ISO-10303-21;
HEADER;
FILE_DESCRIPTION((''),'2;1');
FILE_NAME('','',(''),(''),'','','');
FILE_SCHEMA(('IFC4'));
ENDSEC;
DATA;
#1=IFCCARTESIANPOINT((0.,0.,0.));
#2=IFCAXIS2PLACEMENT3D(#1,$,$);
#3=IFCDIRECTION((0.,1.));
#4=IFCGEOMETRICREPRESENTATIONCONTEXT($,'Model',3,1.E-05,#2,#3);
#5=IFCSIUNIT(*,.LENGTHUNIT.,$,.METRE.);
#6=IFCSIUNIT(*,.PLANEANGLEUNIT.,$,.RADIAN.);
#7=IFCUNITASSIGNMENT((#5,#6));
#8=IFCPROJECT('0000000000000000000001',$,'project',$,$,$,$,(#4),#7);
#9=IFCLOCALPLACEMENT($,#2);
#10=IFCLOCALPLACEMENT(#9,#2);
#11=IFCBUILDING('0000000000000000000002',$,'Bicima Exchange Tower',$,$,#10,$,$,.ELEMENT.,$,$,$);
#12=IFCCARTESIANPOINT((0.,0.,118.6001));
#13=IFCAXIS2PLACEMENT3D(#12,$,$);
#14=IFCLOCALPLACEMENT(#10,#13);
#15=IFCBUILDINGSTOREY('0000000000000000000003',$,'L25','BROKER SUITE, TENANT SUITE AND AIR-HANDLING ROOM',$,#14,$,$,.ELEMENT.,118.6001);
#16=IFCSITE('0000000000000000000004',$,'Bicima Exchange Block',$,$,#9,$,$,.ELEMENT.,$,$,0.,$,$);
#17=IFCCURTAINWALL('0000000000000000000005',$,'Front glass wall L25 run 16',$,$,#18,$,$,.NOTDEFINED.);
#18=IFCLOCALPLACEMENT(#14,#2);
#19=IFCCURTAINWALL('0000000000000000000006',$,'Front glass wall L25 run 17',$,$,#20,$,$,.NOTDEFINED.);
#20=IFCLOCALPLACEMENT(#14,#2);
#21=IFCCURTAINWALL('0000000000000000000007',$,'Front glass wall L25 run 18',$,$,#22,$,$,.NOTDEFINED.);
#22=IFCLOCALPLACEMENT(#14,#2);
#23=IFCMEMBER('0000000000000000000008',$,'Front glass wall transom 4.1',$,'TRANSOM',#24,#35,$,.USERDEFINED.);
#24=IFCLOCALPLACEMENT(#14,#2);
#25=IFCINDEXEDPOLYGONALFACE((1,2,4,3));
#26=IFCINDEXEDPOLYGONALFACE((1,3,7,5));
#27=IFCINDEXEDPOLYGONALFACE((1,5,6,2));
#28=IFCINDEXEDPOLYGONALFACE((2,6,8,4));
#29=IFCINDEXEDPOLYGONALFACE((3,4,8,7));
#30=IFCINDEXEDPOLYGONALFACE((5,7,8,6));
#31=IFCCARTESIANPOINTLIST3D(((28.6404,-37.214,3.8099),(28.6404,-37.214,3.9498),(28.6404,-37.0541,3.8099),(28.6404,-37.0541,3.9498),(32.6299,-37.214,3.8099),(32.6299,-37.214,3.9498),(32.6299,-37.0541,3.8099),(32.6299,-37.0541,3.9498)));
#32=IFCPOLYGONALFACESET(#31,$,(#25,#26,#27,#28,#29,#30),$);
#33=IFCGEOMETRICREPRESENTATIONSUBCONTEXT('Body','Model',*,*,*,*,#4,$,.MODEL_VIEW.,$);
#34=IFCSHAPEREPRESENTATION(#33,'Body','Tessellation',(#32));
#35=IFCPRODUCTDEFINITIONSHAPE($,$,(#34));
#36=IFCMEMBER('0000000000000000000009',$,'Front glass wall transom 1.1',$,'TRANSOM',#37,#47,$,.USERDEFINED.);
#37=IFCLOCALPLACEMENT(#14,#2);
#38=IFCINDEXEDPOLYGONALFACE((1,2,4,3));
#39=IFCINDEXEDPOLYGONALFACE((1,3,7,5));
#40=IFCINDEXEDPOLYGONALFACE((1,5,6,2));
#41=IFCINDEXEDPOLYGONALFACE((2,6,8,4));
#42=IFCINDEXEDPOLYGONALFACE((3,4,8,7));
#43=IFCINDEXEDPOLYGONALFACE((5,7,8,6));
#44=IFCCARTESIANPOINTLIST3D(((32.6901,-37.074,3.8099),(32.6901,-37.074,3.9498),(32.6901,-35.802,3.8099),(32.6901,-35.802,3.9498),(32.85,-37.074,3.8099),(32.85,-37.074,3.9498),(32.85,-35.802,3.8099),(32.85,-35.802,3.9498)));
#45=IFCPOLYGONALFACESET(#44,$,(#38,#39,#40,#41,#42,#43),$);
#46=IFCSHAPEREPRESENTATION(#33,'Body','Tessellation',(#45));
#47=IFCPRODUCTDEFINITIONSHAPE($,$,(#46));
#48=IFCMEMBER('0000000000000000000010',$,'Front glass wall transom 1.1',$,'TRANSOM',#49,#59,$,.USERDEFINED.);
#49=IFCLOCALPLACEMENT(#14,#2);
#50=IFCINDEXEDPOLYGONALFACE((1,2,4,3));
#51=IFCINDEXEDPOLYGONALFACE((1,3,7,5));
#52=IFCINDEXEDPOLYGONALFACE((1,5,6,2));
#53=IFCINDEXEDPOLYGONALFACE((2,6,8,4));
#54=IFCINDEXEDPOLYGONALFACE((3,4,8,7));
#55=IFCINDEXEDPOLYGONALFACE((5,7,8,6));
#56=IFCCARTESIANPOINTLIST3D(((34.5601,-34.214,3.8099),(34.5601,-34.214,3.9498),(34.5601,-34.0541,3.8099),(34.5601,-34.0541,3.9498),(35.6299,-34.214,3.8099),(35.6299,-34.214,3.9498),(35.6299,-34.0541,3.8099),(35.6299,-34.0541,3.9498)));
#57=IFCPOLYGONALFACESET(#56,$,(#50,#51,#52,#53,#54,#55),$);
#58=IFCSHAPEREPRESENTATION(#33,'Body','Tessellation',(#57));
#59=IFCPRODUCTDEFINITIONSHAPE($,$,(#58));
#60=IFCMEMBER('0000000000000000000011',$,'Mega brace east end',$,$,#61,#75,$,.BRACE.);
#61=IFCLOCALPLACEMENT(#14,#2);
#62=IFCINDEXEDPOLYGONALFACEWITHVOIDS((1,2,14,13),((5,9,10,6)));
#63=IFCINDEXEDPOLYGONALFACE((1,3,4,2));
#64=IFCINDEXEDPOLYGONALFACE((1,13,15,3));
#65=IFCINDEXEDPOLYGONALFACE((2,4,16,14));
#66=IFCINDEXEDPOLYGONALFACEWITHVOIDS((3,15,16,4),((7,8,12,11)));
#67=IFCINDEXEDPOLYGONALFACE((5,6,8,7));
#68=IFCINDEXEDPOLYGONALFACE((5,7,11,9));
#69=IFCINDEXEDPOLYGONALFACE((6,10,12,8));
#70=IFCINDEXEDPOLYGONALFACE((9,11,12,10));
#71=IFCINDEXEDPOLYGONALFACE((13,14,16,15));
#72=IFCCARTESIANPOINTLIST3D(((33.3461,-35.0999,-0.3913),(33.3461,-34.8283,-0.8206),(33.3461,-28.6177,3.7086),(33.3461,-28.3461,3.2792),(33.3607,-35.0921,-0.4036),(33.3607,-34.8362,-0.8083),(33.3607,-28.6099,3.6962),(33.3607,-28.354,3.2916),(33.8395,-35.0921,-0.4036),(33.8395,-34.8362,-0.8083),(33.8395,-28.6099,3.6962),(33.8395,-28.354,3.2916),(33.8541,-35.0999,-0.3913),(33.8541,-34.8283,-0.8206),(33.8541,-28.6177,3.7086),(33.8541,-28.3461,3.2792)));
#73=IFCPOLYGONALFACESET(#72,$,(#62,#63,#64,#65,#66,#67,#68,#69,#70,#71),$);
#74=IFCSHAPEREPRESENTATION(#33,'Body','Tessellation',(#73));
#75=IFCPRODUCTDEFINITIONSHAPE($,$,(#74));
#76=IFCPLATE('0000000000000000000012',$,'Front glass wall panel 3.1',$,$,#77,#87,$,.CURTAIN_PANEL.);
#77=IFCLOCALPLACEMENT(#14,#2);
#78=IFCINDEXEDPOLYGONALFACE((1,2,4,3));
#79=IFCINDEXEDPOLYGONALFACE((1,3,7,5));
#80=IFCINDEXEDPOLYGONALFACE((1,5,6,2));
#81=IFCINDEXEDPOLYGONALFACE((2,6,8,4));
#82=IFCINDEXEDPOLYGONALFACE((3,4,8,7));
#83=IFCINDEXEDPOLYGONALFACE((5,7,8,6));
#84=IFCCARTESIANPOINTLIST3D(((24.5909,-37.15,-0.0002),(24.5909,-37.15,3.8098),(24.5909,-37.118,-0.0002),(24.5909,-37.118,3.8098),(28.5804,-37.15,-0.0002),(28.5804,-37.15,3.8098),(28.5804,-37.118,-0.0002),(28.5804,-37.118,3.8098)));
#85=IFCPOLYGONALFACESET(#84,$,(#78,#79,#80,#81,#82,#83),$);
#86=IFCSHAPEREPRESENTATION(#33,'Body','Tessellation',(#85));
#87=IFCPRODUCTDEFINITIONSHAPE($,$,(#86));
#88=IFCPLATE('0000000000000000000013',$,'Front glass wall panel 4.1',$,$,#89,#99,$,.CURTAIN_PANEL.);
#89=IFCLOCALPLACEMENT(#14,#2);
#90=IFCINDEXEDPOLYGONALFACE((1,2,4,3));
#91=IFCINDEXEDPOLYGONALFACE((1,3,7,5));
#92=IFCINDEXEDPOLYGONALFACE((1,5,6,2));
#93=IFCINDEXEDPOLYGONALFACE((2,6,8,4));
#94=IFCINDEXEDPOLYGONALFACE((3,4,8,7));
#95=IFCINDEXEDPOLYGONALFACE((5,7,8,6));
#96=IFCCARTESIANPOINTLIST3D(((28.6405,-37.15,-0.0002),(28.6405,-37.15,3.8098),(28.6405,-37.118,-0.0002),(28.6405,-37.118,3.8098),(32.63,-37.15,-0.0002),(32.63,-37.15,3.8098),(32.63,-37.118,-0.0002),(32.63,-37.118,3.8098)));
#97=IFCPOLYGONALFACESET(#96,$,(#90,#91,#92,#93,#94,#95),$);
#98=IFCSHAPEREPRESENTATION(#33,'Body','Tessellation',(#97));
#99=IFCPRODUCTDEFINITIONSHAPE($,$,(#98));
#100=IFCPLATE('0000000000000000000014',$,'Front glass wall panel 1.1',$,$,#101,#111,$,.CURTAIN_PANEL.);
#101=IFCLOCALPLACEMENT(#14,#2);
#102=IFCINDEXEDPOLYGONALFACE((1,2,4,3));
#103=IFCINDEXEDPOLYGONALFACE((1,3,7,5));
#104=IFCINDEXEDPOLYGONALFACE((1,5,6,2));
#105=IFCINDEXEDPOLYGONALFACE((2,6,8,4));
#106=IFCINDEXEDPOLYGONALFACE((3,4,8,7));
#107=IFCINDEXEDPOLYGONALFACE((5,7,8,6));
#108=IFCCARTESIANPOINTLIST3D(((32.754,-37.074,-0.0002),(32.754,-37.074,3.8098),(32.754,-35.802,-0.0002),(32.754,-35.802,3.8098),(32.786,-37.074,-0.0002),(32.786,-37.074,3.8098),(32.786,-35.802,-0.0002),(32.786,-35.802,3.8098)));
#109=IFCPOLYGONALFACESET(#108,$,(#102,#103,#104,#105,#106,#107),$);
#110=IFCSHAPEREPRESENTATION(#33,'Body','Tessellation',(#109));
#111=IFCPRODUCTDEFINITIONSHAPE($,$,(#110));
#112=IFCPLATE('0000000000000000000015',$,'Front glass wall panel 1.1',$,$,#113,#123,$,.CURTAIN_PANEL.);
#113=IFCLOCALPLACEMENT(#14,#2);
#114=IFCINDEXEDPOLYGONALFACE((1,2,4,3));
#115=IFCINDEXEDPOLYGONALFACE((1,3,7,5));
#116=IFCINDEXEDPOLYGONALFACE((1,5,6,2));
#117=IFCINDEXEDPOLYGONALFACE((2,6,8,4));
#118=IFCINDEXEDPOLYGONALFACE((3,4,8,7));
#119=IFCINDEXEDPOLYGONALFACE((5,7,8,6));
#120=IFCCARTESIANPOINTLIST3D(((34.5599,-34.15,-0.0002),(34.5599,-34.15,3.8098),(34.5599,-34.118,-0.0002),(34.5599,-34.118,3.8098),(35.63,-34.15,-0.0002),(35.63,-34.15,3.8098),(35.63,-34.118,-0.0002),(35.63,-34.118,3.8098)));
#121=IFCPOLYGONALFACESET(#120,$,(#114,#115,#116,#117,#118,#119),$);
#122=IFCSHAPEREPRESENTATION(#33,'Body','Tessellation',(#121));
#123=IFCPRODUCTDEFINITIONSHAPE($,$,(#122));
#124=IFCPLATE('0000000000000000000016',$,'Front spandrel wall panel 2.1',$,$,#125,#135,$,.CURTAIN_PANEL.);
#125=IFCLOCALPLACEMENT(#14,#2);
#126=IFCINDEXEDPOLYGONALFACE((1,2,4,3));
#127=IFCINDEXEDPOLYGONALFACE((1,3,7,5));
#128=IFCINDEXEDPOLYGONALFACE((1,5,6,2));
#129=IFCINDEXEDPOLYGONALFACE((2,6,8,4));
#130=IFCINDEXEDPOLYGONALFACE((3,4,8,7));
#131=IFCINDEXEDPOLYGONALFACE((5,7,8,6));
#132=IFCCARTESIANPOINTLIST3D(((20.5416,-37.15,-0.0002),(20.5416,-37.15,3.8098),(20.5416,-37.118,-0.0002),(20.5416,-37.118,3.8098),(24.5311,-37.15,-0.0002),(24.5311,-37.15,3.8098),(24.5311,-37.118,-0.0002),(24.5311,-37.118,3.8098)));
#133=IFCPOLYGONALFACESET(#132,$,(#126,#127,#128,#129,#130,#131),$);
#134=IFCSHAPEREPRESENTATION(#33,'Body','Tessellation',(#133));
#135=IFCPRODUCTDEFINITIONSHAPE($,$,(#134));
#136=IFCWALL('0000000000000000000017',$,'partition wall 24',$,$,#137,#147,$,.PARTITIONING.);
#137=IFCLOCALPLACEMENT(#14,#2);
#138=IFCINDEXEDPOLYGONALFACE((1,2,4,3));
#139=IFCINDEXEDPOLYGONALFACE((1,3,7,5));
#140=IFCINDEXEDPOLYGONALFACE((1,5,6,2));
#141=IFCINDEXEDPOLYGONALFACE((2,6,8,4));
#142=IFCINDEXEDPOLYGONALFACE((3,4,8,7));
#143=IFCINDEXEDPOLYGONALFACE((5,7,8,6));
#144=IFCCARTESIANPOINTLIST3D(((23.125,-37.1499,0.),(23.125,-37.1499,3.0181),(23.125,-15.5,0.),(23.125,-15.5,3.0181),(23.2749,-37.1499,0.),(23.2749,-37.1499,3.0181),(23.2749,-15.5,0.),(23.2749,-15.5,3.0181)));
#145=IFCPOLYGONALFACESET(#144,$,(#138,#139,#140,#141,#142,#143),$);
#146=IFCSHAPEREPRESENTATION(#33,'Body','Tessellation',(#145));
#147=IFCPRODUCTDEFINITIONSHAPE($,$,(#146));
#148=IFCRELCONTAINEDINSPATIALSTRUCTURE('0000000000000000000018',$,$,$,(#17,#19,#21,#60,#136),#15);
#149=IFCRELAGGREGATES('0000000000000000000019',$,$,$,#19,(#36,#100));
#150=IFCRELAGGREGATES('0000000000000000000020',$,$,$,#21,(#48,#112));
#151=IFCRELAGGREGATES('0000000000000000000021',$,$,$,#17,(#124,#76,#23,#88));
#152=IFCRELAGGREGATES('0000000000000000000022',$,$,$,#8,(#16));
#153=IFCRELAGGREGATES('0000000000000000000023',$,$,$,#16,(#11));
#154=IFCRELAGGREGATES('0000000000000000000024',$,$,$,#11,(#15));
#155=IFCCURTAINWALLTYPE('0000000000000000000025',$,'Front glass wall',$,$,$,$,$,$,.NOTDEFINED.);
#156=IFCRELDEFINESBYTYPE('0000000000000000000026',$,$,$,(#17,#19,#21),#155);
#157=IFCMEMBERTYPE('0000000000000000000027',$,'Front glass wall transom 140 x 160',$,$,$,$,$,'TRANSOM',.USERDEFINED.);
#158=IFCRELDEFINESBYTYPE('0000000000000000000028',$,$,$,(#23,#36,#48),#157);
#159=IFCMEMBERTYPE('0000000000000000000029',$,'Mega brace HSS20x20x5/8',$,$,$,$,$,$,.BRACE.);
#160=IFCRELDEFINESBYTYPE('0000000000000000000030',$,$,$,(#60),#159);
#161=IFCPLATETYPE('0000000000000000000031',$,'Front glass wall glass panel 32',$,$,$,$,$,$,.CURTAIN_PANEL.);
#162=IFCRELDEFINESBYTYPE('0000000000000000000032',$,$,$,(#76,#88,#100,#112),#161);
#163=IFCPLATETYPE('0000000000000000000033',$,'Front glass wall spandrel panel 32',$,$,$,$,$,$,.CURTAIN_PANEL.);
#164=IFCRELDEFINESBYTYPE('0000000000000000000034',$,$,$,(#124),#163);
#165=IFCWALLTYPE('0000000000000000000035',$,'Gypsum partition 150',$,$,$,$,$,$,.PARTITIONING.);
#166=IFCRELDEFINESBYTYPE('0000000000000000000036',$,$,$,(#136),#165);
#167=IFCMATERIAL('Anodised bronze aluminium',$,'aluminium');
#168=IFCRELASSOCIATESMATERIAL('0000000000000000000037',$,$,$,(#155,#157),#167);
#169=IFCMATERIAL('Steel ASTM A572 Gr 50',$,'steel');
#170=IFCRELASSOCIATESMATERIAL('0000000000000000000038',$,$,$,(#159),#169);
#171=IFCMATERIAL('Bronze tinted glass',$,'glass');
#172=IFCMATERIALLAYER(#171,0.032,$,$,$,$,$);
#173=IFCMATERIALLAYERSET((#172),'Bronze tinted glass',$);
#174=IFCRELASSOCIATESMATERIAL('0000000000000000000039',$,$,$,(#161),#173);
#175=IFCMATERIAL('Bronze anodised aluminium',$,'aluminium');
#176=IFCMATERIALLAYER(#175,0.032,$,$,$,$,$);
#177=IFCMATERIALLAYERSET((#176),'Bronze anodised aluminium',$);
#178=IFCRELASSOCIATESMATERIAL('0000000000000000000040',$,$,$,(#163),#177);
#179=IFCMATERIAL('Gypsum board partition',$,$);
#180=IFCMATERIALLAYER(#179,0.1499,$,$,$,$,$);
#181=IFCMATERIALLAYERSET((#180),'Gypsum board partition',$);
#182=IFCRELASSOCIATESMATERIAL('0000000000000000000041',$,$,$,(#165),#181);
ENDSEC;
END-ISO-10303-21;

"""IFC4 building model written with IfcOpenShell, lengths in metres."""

from ifc_helpers import new_model, si_unit, direction, frame, frame_2d, origin, origin_2d, place, context, subcontext, project, spatial, rectangle, hollow_rectangle, extrude, material, layer, layer_set, material_profile, profile_set, type_object, element, aggregate, save


model = new_model("IFC4")

# Units and contexts
model_context = context("Model", 3, precision=1e-05, world=origin(), true_north=direction((0.0, 1.0)))
body_context = subcontext(model_context, "Body", "Model", "MODEL_VIEW")
ifc_project = project(units=[si_unit("LENGTHUNIT", "METRE"), si_unit("PLANEANGLEUNIT", "RADIAN")], contexts=[model_context])

# Site, building, storey
site_placement = place(None, origin())
site = spatial("IfcSite", under=ifc_project, at=site_placement, Name="Bicima Exchange Block", CompositionType="ELEMENT", RefElevation=0.0)
building_placement = place(site_placement, origin())
building = spatial("IfcBuilding", under=site, at=building_placement, Name="Bicima Exchange Tower", CompositionType="ELEMENT")
storey_placement = place(building_placement, frame((0.0, 0.0, 118.6001)))
storey = spatial("IfcBuildingStorey", under=building, at=storey_placement, Name="L25", Description="BROKER SUITE, TENANT SUITE AND AIR-HANDLING ROOM", CompositionType="ELEMENT", Elevation=118.6001)

# Shared definitions
ifc_material_1 = material(Name="Steel ASTM A572 Gr 50", Category="steel")

# Curtain walls
ifc_material_2 = material(Name="Anodised bronze aluminium", Category="aluminium")
curtain_wall_type = type_object("IfcCurtainWallType", Name="Front glass wall", PredefinedType="NOTDEFINED", material=ifc_material_2)
curtain_wall_1_placement = place(storey_placement, origin())
curtain_wall_1 = element("IfcCurtainWall", 1, at=curtain_wall_1_placement, inside=storey, type_object=curtain_wall_type, Name="Front glass wall L25 run 16", PredefinedType="NOTDEFINED")
curtain_wall_2_placement = place(storey_placement, origin())
curtain_wall_2 = element("IfcCurtainWall", 2, at=curtain_wall_2_placement, inside=storey, type_object=curtain_wall_type, Name="Front glass wall L25 run 17", PredefinedType="NOTDEFINED")
curtain_wall_3_placement = place(storey_placement, origin())
curtain_wall_3 = element("IfcCurtainWall", 3, at=curtain_wall_3_placement, inside=storey, type_object=curtain_wall_type, Name="Front glass wall L25 run 18", PredefinedType="NOTDEFINED")

# Members
ifc_material_profile_1 = material_profile(ifc_material_2, rectangle(XDim=0.1599, YDim=0.1399, at=origin_2d()))
ifc_profile_set_1 = profile_set([ifc_material_profile_1], Name="Anodised bronze aluminium")
member_type_1 = type_object("IfcMemberType", Name="Front glass wall transom 140 x 160", ElementType="TRANSOM", PredefinedType="USERDEFINED", material=ifc_profile_set_1)
member_1_placement = place(storey_placement, frame((28.6404, -37.134, 3.8799), z_axis=(1.0, 0.0, 0.0), x_axis=(0.0, 1.0, 0.0)))
member_1 = element("IfcMember", 4, at=member_1_placement, type_object=member_type_1, Name="Front glass wall transom 4.1", ObjectType="TRANSOM", PredefinedType="USERDEFINED", context=body_context, shape_type="SweptSolid", body=[
    extrude(rectangle(XDim=0.1599, YDim=0.1399, at=origin_2d()), origin(), (0.0, 0.0, 1.0), 3.9895),
])
member_2_placement = place(storey_placement, frame((32.77, -37.074, 3.8799), z_axis=(0.0, 1.0, 0.0), x_axis=(-1.0, 0.0, 0.0)))
member_2 = element("IfcMember", 5, at=member_2_placement, type_object=member_type_1, Name="Front glass wall transom 1.1", ObjectType="TRANSOM", PredefinedType="USERDEFINED", context=body_context, shape_type="SweptSolid", body=[
    extrude(rectangle(XDim=0.1599, YDim=0.1399, at=origin_2d()), origin(), (0.0, 0.0, 1.0), 1.272),
])
member_3_placement = place(storey_placement, frame((34.5601, -34.134, 3.8799), z_axis=(1.0, 0.0, 0.0), x_axis=(0.0, 1.0, 0.0)))
member_3 = element("IfcMember", 6, at=member_3_placement, type_object=member_type_1, Name="Front glass wall transom 1.1", ObjectType="TRANSOM", PredefinedType="USERDEFINED", context=body_context, shape_type="SweptSolid", body=[
    extrude(rectangle(XDim=0.1599, YDim=0.1399, at=origin_2d()), origin(), (0.0, 0.0, 1.0), 1.0698),
])
ifc_material_profile_2 = material_profile(ifc_material_1, hollow_rectangle(XDim=0.5081, YDim=0.5081, WallThickness=0.0146, at=origin_2d()))
ifc_profile_set_2 = profile_set([ifc_material_profile_2], Name="Steel ASTM A572 Gr 50")
member_type_2 = type_object("IfcMemberType", Name="Mega brace HSS20x20x5/8", PredefinedType="BRACE", material=ifc_profile_set_2)
member_4_placement = place(storey_placement, frame((33.6001, -34.9641, -0.606), z_axis=(0.0, 0.845145, 0.534538), x_axis=(-1.0, 0.0, 0.0)))
element("IfcMember", 7, at=member_4_placement, inside=storey, type_object=member_type_2, Name="Mega brace east end", PredefinedType="BRACE", context=body_context, shape_type="SweptSolid", body=[
    extrude(hollow_rectangle(XDim=0.5081, YDim=0.5081, WallThickness=0.0146, at=origin_2d()), origin(), (0.0, 0.0, 1.0), 7.6699),
])

# Plates
ifc_material_3 = material(Name="Bronze tinted glass", Category="glass")
ifc_layer_1 = layer(ifc_material_3, 0.032)
ifc_layer_set_1 = layer_set([ifc_layer_1], Name="Bronze tinted glass")
plate_type_1 = type_object("IfcPlateType", Name="Front glass wall glass panel 32", PredefinedType="CURTAIN_PANEL", material=ifc_layer_set_1)
plate_1_placement = place(storey_placement, frame((26.5857, -37.134, -0.0002), z_axis=(0.0, 0.0, 1.0), x_axis=(1.0, 0.0, 0.0)))
plate_1 = element("IfcPlate", 8, at=plate_1_placement, type_object=plate_type_1, Name="Front glass wall panel 3.1", PredefinedType="CURTAIN_PANEL", context=body_context, shape_type="SweptSolid", body=[
    extrude(rectangle(XDim=3.9895, YDim=0.032, at=origin_2d()), origin(), (0.0, 0.0, 1.0), 3.8101),
])
plate_2_placement = place(storey_placement, frame((30.6353, -37.134, -0.0002), z_axis=(0.0, 0.0, 1.0), x_axis=(1.0, 0.0, 0.0)))
plate_2 = element("IfcPlate", 9, at=plate_2_placement, type_object=plate_type_1, Name="Front glass wall panel 4.1", PredefinedType="CURTAIN_PANEL", context=body_context, shape_type="SweptSolid", body=[
    extrude(rectangle(XDim=3.9895, YDim=0.032, at=origin_2d()), origin(), (0.0, 0.0, 1.0), 3.8101),
])
plate_3_placement = place(storey_placement, frame((32.77, -36.438, -0.0002), z_axis=(0.0, 0.0, 1.0), x_axis=(0.0, 1.0, 0.0)))
plate_3 = element("IfcPlate", 10, at=plate_3_placement, type_object=plate_type_1, Name="Front glass wall panel 1.1", PredefinedType="CURTAIN_PANEL", context=body_context, shape_type="SweptSolid", body=[
    extrude(rectangle(XDim=1.272, YDim=0.032, at=origin_2d()), origin(), (0.0, 0.0, 1.0), 3.8101),
])
aggregate(curtain_wall_2, [member_2, plate_3])
plate_4_placement = place(storey_placement, frame((35.095, -34.134, -0.0002), z_axis=(0.0, 0.0, 1.0), x_axis=(1.0, 0.0, 0.0)))
plate_4 = element("IfcPlate", 11, at=plate_4_placement, type_object=plate_type_1, Name="Front glass wall panel 1.1", PredefinedType="CURTAIN_PANEL", context=body_context, shape_type="SweptSolid", body=[
    extrude(rectangle(XDim=1.0701, YDim=0.032, at=origin_2d()), origin(), (0.0, 0.0, 1.0), 3.8101),
])
aggregate(curtain_wall_3, [member_3, plate_4])
ifc_material_4 = material(Name="Bronze anodised aluminium", Category="aluminium")
ifc_layer_2 = layer(ifc_material_4, 0.032)
ifc_layer_set_2 = layer_set([ifc_layer_2], Name="Bronze anodised aluminium")
plate_type_2 = type_object("IfcPlateType", Name="Front glass wall spandrel panel 32", PredefinedType="CURTAIN_PANEL", material=ifc_layer_set_2)
plate_5_placement = place(storey_placement, frame((22.5364, -37.134, -0.0002), z_axis=(0.0, 0.0, 1.0), x_axis=(1.0, 0.0, 0.0)))
plate_5 = element("IfcPlate", 12, at=plate_5_placement, type_object=plate_type_2, Name="Front spandrel wall panel 2.1", PredefinedType="CURTAIN_PANEL", context=body_context, shape_type="SweptSolid", body=[
    extrude(rectangle(XDim=3.9895, YDim=0.032, at=origin_2d()), origin(), (0.0, 0.0, 1.0), 3.8101),
])
aggregate(curtain_wall_1, [plate_5, plate_1, member_1, plate_2])

# Wall
ifc_material_5 = material(Name="Gypsum board partition")
ifc_layer_3 = layer(ifc_material_5, 0.1499)
ifc_layer_set_3 = layer_set([ifc_layer_3], Name="Gypsum board partition")
wall_type = type_object("IfcWallType", Name="Gypsum partition 150", PredefinedType="PARTITIONING", material=ifc_layer_set_3)
wall_placement = place(storey_placement, frame((23.2, -37.1499, 0.0), z_axis=(0.0, 0.0, 1.0), x_axis=(0.0, 1.0, 0.0)))
element("IfcWall", 13, at=wall_placement, inside=storey, type_object=wall_type, Name="partition wall 24", PredefinedType="PARTITIONING", context=body_context, shape_type="SweptSolid", body=[
    extrude(rectangle(XDim=21.6499, YDim=0.1499, at=frame_2d((10.825, 0.0))), origin(), (0.0, 0.0, 1.0), 3.0181),
])

save(model, "model.ifc")
